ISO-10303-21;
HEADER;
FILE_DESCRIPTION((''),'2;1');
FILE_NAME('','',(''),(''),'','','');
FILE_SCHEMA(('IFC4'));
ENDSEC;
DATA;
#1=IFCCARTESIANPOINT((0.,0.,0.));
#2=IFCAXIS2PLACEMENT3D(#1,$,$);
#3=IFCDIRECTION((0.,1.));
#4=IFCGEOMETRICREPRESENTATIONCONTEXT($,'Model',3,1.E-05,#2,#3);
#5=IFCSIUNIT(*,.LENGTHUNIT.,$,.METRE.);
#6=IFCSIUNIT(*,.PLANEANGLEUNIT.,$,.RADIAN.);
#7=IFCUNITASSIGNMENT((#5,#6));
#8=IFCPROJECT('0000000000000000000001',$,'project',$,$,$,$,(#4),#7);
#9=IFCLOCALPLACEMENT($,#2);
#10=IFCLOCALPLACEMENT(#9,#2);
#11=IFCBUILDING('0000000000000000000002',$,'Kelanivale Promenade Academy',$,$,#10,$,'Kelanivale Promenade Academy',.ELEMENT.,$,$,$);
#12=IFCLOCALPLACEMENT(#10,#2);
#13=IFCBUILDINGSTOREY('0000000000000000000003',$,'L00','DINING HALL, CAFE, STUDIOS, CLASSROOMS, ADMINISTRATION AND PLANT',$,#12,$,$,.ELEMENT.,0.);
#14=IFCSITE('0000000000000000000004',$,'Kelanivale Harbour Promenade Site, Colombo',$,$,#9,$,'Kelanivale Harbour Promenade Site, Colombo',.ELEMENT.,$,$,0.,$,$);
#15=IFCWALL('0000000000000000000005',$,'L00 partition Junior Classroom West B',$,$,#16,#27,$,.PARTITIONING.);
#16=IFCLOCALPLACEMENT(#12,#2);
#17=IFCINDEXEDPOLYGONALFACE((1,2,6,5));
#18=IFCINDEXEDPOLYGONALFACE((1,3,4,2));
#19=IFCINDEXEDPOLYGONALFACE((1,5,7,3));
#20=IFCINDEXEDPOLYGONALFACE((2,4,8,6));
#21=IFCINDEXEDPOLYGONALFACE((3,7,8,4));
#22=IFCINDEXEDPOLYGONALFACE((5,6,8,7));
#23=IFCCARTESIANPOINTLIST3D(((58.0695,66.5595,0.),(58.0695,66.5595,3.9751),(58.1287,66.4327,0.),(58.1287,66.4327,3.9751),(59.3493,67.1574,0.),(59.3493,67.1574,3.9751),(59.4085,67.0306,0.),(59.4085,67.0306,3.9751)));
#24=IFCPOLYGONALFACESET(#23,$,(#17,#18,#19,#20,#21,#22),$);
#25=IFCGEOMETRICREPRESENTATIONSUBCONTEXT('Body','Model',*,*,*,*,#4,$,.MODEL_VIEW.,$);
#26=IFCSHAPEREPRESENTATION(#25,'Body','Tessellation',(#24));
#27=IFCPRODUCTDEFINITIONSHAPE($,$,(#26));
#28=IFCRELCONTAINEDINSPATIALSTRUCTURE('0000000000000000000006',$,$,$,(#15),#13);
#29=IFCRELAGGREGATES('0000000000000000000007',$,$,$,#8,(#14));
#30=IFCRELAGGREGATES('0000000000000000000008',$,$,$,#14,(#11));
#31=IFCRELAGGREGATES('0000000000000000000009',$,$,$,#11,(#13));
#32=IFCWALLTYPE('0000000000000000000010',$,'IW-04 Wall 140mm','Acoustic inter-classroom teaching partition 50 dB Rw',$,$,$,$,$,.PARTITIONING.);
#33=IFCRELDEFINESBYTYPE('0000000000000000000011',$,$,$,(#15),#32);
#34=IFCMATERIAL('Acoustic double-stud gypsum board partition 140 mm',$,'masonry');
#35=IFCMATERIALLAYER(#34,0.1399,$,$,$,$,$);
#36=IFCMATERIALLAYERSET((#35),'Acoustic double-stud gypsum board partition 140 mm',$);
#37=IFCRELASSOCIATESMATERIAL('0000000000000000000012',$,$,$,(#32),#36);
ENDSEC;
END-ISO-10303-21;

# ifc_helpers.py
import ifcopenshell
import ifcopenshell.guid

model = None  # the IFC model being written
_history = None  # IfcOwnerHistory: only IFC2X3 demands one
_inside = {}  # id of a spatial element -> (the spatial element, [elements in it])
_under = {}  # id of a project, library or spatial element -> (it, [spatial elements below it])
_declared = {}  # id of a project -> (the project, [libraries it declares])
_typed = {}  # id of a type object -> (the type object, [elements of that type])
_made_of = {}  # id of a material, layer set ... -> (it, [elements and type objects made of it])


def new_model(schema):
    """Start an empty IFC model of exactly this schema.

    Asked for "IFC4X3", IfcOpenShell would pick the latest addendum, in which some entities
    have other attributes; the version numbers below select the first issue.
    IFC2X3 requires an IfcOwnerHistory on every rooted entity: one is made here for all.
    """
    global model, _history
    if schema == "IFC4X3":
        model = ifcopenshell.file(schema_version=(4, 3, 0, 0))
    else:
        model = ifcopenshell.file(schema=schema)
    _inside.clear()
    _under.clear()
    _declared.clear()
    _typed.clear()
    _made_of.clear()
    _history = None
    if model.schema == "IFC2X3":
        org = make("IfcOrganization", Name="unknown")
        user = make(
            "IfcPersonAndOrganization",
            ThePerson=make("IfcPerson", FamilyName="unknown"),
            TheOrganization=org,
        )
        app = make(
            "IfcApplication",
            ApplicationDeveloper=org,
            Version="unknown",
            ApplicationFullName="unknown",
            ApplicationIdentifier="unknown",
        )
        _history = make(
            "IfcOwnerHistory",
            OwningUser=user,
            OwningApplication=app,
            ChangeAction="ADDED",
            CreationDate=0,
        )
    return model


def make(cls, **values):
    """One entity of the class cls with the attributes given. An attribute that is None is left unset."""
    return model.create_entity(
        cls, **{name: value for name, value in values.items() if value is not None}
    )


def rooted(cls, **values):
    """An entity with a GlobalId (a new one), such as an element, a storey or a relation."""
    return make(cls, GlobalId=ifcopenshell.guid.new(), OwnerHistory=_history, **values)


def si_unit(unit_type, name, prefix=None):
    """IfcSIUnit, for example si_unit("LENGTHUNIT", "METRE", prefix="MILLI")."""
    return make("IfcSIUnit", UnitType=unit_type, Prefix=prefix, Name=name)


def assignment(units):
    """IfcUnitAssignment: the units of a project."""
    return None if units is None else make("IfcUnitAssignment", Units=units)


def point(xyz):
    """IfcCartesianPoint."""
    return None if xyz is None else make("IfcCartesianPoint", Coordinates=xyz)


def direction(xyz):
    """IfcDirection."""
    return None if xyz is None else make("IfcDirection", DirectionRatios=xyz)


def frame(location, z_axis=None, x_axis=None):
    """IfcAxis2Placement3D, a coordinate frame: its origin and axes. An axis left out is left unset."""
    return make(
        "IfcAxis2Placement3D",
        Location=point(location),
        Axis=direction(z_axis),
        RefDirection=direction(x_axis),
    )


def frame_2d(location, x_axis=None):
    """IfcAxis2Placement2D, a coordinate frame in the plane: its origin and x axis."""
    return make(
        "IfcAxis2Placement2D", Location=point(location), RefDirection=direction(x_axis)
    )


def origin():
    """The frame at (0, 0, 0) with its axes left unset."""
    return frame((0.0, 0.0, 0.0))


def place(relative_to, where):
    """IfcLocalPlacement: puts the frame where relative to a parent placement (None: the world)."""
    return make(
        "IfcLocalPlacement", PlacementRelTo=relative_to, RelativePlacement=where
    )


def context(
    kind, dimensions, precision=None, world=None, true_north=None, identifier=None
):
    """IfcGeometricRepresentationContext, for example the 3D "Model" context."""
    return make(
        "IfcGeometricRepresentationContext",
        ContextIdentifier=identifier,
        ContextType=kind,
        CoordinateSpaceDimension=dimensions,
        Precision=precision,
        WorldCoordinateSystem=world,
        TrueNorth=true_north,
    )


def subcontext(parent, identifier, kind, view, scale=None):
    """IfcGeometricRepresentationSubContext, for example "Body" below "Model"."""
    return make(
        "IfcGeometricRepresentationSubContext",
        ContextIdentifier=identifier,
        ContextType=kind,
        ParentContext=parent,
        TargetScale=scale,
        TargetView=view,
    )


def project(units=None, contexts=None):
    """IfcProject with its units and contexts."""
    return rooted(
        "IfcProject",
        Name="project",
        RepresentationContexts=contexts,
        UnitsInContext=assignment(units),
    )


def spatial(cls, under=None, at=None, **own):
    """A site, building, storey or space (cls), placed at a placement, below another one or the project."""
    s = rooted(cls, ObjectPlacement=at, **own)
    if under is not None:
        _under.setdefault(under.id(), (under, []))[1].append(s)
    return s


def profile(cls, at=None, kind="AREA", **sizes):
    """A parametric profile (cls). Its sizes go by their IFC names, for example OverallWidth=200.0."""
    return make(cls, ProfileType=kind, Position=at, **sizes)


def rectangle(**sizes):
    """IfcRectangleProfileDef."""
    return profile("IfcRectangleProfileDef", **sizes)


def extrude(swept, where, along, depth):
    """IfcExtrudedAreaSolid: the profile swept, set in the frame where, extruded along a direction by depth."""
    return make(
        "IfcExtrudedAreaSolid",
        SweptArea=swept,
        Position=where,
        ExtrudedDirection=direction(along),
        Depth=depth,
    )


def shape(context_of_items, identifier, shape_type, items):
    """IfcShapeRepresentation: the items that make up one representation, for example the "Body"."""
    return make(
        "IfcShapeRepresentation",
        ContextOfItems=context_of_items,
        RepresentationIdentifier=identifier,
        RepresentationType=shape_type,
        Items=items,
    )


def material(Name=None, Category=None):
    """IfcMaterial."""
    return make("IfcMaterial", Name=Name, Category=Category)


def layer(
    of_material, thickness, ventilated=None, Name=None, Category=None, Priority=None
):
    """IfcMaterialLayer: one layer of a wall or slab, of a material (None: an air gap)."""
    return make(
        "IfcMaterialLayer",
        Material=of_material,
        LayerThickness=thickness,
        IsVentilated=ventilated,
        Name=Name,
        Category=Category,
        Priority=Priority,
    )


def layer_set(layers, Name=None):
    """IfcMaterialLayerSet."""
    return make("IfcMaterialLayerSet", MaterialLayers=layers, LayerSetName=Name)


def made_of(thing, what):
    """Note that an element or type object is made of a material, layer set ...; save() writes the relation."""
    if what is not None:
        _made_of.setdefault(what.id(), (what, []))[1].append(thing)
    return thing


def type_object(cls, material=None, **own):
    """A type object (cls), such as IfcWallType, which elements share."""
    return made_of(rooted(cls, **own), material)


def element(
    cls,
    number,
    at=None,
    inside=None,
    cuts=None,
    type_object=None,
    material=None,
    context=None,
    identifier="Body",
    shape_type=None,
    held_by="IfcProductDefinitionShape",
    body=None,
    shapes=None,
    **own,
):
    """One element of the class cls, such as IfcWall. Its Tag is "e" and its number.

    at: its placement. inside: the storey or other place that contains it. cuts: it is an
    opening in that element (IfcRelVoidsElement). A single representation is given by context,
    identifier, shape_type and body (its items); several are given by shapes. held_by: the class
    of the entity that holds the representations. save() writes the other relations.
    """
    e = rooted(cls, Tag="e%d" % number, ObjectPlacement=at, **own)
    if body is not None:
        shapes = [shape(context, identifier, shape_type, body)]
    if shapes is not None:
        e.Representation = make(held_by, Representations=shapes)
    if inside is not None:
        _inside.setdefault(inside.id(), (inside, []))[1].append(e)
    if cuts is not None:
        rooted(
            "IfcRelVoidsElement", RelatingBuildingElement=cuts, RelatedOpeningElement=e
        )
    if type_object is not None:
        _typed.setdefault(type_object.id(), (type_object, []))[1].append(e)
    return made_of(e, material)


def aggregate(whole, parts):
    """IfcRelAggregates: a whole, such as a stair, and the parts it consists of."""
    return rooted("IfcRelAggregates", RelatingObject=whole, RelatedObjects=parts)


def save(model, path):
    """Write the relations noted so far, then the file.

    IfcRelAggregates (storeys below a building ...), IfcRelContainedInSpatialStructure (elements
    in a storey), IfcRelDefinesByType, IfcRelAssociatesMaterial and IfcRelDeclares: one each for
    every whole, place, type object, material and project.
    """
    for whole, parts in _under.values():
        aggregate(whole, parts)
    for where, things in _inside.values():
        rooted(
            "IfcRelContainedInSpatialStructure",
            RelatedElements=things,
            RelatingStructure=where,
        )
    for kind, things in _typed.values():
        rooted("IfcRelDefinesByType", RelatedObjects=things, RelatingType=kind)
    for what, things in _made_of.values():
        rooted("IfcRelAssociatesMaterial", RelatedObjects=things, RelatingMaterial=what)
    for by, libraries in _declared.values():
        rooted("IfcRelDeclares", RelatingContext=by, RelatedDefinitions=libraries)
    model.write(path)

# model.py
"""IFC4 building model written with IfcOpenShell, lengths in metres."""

from ifc_helpers import new_model, si_unit, direction, frame, frame_2d, origin, place, context, subcontext, project, spatial, rectangle, extrude, material, layer, layer_set, type_object, element, save


model = new_model("IFC4")

# Units and contexts
model_context = context("Model", 3, precision=1e-05, world=origin(), true_north=direction((0.0, 1.0)))
body_context = subcontext(model_context, "Body", "Model", "MODEL_VIEW")
ifc_project = project(units=[si_unit("LENGTHUNIT", "METRE"), si_unit("PLANEANGLEUNIT", "RADIAN")], contexts=[model_context])

# Site, building, storey
site_placement = place(None, origin())
site = spatial("IfcSite", under=ifc_project, at=site_placement, Name="Kelanivale Harbour Promenade Site, Colombo", LongName="Kelanivale Harbour Promenade Site, Colombo", CompositionType="ELEMENT", RefElevation=0.0)
building_placement = place(site_placement, origin())
building = spatial("IfcBuilding", under=site, at=building_placement, Name="Kelanivale Promenade Academy", LongName="Kelanivale Promenade Academy", CompositionType="ELEMENT")
storey_placement = place(building_placement, origin())
storey = spatial("IfcBuildingStorey", under=building, at=storey_placement, Name="L00", Description="DINING HALL, CAFE, STUDIOS, CLASSROOMS, ADMINISTRATION AND PLANT", CompositionType="ELEMENT", Elevation=0.0)

# Wall
ifc_material_1 = material(Name="Acoustic double-stud gypsum board partition 140 mm", Category="masonry")
ifc_layer_1 = layer(ifc_material_1, 0.1399)
ifc_layer_set_1 = layer_set([ifc_layer_1], Name="Acoustic double-stud gypsum board partition 140 mm")
wall_type = type_object("IfcWallType", Name="IW-04 Wall 140mm", Description="Acoustic inter-classroom teaching partition 50 dB Rw", PredefinedType="PARTITIONING", material=ifc_layer_set_1)
wall_1_placement = place(storey_placement, frame((58.0991, 66.4961, 0.0), z_axis=(0.0, 0.0, 1.0), x_axis=(0.906002, 0.423273, 0.0)))
element("IfcWall", 1, at=wall_1_placement, inside=storey, type_object=wall_type, Name="L00 partition Junior Classroom West B", PredefinedType="PARTITIONING", context=body_context, shape_type="SweptSolid", body=[
    extrude(rectangle(XDim=1.4126, YDim=0.1399, at=frame_2d((0.7063, 0.0))), origin(), (0.0, 0.0, 1.0), 3.9751),
])

save(model, "model.ifc")
